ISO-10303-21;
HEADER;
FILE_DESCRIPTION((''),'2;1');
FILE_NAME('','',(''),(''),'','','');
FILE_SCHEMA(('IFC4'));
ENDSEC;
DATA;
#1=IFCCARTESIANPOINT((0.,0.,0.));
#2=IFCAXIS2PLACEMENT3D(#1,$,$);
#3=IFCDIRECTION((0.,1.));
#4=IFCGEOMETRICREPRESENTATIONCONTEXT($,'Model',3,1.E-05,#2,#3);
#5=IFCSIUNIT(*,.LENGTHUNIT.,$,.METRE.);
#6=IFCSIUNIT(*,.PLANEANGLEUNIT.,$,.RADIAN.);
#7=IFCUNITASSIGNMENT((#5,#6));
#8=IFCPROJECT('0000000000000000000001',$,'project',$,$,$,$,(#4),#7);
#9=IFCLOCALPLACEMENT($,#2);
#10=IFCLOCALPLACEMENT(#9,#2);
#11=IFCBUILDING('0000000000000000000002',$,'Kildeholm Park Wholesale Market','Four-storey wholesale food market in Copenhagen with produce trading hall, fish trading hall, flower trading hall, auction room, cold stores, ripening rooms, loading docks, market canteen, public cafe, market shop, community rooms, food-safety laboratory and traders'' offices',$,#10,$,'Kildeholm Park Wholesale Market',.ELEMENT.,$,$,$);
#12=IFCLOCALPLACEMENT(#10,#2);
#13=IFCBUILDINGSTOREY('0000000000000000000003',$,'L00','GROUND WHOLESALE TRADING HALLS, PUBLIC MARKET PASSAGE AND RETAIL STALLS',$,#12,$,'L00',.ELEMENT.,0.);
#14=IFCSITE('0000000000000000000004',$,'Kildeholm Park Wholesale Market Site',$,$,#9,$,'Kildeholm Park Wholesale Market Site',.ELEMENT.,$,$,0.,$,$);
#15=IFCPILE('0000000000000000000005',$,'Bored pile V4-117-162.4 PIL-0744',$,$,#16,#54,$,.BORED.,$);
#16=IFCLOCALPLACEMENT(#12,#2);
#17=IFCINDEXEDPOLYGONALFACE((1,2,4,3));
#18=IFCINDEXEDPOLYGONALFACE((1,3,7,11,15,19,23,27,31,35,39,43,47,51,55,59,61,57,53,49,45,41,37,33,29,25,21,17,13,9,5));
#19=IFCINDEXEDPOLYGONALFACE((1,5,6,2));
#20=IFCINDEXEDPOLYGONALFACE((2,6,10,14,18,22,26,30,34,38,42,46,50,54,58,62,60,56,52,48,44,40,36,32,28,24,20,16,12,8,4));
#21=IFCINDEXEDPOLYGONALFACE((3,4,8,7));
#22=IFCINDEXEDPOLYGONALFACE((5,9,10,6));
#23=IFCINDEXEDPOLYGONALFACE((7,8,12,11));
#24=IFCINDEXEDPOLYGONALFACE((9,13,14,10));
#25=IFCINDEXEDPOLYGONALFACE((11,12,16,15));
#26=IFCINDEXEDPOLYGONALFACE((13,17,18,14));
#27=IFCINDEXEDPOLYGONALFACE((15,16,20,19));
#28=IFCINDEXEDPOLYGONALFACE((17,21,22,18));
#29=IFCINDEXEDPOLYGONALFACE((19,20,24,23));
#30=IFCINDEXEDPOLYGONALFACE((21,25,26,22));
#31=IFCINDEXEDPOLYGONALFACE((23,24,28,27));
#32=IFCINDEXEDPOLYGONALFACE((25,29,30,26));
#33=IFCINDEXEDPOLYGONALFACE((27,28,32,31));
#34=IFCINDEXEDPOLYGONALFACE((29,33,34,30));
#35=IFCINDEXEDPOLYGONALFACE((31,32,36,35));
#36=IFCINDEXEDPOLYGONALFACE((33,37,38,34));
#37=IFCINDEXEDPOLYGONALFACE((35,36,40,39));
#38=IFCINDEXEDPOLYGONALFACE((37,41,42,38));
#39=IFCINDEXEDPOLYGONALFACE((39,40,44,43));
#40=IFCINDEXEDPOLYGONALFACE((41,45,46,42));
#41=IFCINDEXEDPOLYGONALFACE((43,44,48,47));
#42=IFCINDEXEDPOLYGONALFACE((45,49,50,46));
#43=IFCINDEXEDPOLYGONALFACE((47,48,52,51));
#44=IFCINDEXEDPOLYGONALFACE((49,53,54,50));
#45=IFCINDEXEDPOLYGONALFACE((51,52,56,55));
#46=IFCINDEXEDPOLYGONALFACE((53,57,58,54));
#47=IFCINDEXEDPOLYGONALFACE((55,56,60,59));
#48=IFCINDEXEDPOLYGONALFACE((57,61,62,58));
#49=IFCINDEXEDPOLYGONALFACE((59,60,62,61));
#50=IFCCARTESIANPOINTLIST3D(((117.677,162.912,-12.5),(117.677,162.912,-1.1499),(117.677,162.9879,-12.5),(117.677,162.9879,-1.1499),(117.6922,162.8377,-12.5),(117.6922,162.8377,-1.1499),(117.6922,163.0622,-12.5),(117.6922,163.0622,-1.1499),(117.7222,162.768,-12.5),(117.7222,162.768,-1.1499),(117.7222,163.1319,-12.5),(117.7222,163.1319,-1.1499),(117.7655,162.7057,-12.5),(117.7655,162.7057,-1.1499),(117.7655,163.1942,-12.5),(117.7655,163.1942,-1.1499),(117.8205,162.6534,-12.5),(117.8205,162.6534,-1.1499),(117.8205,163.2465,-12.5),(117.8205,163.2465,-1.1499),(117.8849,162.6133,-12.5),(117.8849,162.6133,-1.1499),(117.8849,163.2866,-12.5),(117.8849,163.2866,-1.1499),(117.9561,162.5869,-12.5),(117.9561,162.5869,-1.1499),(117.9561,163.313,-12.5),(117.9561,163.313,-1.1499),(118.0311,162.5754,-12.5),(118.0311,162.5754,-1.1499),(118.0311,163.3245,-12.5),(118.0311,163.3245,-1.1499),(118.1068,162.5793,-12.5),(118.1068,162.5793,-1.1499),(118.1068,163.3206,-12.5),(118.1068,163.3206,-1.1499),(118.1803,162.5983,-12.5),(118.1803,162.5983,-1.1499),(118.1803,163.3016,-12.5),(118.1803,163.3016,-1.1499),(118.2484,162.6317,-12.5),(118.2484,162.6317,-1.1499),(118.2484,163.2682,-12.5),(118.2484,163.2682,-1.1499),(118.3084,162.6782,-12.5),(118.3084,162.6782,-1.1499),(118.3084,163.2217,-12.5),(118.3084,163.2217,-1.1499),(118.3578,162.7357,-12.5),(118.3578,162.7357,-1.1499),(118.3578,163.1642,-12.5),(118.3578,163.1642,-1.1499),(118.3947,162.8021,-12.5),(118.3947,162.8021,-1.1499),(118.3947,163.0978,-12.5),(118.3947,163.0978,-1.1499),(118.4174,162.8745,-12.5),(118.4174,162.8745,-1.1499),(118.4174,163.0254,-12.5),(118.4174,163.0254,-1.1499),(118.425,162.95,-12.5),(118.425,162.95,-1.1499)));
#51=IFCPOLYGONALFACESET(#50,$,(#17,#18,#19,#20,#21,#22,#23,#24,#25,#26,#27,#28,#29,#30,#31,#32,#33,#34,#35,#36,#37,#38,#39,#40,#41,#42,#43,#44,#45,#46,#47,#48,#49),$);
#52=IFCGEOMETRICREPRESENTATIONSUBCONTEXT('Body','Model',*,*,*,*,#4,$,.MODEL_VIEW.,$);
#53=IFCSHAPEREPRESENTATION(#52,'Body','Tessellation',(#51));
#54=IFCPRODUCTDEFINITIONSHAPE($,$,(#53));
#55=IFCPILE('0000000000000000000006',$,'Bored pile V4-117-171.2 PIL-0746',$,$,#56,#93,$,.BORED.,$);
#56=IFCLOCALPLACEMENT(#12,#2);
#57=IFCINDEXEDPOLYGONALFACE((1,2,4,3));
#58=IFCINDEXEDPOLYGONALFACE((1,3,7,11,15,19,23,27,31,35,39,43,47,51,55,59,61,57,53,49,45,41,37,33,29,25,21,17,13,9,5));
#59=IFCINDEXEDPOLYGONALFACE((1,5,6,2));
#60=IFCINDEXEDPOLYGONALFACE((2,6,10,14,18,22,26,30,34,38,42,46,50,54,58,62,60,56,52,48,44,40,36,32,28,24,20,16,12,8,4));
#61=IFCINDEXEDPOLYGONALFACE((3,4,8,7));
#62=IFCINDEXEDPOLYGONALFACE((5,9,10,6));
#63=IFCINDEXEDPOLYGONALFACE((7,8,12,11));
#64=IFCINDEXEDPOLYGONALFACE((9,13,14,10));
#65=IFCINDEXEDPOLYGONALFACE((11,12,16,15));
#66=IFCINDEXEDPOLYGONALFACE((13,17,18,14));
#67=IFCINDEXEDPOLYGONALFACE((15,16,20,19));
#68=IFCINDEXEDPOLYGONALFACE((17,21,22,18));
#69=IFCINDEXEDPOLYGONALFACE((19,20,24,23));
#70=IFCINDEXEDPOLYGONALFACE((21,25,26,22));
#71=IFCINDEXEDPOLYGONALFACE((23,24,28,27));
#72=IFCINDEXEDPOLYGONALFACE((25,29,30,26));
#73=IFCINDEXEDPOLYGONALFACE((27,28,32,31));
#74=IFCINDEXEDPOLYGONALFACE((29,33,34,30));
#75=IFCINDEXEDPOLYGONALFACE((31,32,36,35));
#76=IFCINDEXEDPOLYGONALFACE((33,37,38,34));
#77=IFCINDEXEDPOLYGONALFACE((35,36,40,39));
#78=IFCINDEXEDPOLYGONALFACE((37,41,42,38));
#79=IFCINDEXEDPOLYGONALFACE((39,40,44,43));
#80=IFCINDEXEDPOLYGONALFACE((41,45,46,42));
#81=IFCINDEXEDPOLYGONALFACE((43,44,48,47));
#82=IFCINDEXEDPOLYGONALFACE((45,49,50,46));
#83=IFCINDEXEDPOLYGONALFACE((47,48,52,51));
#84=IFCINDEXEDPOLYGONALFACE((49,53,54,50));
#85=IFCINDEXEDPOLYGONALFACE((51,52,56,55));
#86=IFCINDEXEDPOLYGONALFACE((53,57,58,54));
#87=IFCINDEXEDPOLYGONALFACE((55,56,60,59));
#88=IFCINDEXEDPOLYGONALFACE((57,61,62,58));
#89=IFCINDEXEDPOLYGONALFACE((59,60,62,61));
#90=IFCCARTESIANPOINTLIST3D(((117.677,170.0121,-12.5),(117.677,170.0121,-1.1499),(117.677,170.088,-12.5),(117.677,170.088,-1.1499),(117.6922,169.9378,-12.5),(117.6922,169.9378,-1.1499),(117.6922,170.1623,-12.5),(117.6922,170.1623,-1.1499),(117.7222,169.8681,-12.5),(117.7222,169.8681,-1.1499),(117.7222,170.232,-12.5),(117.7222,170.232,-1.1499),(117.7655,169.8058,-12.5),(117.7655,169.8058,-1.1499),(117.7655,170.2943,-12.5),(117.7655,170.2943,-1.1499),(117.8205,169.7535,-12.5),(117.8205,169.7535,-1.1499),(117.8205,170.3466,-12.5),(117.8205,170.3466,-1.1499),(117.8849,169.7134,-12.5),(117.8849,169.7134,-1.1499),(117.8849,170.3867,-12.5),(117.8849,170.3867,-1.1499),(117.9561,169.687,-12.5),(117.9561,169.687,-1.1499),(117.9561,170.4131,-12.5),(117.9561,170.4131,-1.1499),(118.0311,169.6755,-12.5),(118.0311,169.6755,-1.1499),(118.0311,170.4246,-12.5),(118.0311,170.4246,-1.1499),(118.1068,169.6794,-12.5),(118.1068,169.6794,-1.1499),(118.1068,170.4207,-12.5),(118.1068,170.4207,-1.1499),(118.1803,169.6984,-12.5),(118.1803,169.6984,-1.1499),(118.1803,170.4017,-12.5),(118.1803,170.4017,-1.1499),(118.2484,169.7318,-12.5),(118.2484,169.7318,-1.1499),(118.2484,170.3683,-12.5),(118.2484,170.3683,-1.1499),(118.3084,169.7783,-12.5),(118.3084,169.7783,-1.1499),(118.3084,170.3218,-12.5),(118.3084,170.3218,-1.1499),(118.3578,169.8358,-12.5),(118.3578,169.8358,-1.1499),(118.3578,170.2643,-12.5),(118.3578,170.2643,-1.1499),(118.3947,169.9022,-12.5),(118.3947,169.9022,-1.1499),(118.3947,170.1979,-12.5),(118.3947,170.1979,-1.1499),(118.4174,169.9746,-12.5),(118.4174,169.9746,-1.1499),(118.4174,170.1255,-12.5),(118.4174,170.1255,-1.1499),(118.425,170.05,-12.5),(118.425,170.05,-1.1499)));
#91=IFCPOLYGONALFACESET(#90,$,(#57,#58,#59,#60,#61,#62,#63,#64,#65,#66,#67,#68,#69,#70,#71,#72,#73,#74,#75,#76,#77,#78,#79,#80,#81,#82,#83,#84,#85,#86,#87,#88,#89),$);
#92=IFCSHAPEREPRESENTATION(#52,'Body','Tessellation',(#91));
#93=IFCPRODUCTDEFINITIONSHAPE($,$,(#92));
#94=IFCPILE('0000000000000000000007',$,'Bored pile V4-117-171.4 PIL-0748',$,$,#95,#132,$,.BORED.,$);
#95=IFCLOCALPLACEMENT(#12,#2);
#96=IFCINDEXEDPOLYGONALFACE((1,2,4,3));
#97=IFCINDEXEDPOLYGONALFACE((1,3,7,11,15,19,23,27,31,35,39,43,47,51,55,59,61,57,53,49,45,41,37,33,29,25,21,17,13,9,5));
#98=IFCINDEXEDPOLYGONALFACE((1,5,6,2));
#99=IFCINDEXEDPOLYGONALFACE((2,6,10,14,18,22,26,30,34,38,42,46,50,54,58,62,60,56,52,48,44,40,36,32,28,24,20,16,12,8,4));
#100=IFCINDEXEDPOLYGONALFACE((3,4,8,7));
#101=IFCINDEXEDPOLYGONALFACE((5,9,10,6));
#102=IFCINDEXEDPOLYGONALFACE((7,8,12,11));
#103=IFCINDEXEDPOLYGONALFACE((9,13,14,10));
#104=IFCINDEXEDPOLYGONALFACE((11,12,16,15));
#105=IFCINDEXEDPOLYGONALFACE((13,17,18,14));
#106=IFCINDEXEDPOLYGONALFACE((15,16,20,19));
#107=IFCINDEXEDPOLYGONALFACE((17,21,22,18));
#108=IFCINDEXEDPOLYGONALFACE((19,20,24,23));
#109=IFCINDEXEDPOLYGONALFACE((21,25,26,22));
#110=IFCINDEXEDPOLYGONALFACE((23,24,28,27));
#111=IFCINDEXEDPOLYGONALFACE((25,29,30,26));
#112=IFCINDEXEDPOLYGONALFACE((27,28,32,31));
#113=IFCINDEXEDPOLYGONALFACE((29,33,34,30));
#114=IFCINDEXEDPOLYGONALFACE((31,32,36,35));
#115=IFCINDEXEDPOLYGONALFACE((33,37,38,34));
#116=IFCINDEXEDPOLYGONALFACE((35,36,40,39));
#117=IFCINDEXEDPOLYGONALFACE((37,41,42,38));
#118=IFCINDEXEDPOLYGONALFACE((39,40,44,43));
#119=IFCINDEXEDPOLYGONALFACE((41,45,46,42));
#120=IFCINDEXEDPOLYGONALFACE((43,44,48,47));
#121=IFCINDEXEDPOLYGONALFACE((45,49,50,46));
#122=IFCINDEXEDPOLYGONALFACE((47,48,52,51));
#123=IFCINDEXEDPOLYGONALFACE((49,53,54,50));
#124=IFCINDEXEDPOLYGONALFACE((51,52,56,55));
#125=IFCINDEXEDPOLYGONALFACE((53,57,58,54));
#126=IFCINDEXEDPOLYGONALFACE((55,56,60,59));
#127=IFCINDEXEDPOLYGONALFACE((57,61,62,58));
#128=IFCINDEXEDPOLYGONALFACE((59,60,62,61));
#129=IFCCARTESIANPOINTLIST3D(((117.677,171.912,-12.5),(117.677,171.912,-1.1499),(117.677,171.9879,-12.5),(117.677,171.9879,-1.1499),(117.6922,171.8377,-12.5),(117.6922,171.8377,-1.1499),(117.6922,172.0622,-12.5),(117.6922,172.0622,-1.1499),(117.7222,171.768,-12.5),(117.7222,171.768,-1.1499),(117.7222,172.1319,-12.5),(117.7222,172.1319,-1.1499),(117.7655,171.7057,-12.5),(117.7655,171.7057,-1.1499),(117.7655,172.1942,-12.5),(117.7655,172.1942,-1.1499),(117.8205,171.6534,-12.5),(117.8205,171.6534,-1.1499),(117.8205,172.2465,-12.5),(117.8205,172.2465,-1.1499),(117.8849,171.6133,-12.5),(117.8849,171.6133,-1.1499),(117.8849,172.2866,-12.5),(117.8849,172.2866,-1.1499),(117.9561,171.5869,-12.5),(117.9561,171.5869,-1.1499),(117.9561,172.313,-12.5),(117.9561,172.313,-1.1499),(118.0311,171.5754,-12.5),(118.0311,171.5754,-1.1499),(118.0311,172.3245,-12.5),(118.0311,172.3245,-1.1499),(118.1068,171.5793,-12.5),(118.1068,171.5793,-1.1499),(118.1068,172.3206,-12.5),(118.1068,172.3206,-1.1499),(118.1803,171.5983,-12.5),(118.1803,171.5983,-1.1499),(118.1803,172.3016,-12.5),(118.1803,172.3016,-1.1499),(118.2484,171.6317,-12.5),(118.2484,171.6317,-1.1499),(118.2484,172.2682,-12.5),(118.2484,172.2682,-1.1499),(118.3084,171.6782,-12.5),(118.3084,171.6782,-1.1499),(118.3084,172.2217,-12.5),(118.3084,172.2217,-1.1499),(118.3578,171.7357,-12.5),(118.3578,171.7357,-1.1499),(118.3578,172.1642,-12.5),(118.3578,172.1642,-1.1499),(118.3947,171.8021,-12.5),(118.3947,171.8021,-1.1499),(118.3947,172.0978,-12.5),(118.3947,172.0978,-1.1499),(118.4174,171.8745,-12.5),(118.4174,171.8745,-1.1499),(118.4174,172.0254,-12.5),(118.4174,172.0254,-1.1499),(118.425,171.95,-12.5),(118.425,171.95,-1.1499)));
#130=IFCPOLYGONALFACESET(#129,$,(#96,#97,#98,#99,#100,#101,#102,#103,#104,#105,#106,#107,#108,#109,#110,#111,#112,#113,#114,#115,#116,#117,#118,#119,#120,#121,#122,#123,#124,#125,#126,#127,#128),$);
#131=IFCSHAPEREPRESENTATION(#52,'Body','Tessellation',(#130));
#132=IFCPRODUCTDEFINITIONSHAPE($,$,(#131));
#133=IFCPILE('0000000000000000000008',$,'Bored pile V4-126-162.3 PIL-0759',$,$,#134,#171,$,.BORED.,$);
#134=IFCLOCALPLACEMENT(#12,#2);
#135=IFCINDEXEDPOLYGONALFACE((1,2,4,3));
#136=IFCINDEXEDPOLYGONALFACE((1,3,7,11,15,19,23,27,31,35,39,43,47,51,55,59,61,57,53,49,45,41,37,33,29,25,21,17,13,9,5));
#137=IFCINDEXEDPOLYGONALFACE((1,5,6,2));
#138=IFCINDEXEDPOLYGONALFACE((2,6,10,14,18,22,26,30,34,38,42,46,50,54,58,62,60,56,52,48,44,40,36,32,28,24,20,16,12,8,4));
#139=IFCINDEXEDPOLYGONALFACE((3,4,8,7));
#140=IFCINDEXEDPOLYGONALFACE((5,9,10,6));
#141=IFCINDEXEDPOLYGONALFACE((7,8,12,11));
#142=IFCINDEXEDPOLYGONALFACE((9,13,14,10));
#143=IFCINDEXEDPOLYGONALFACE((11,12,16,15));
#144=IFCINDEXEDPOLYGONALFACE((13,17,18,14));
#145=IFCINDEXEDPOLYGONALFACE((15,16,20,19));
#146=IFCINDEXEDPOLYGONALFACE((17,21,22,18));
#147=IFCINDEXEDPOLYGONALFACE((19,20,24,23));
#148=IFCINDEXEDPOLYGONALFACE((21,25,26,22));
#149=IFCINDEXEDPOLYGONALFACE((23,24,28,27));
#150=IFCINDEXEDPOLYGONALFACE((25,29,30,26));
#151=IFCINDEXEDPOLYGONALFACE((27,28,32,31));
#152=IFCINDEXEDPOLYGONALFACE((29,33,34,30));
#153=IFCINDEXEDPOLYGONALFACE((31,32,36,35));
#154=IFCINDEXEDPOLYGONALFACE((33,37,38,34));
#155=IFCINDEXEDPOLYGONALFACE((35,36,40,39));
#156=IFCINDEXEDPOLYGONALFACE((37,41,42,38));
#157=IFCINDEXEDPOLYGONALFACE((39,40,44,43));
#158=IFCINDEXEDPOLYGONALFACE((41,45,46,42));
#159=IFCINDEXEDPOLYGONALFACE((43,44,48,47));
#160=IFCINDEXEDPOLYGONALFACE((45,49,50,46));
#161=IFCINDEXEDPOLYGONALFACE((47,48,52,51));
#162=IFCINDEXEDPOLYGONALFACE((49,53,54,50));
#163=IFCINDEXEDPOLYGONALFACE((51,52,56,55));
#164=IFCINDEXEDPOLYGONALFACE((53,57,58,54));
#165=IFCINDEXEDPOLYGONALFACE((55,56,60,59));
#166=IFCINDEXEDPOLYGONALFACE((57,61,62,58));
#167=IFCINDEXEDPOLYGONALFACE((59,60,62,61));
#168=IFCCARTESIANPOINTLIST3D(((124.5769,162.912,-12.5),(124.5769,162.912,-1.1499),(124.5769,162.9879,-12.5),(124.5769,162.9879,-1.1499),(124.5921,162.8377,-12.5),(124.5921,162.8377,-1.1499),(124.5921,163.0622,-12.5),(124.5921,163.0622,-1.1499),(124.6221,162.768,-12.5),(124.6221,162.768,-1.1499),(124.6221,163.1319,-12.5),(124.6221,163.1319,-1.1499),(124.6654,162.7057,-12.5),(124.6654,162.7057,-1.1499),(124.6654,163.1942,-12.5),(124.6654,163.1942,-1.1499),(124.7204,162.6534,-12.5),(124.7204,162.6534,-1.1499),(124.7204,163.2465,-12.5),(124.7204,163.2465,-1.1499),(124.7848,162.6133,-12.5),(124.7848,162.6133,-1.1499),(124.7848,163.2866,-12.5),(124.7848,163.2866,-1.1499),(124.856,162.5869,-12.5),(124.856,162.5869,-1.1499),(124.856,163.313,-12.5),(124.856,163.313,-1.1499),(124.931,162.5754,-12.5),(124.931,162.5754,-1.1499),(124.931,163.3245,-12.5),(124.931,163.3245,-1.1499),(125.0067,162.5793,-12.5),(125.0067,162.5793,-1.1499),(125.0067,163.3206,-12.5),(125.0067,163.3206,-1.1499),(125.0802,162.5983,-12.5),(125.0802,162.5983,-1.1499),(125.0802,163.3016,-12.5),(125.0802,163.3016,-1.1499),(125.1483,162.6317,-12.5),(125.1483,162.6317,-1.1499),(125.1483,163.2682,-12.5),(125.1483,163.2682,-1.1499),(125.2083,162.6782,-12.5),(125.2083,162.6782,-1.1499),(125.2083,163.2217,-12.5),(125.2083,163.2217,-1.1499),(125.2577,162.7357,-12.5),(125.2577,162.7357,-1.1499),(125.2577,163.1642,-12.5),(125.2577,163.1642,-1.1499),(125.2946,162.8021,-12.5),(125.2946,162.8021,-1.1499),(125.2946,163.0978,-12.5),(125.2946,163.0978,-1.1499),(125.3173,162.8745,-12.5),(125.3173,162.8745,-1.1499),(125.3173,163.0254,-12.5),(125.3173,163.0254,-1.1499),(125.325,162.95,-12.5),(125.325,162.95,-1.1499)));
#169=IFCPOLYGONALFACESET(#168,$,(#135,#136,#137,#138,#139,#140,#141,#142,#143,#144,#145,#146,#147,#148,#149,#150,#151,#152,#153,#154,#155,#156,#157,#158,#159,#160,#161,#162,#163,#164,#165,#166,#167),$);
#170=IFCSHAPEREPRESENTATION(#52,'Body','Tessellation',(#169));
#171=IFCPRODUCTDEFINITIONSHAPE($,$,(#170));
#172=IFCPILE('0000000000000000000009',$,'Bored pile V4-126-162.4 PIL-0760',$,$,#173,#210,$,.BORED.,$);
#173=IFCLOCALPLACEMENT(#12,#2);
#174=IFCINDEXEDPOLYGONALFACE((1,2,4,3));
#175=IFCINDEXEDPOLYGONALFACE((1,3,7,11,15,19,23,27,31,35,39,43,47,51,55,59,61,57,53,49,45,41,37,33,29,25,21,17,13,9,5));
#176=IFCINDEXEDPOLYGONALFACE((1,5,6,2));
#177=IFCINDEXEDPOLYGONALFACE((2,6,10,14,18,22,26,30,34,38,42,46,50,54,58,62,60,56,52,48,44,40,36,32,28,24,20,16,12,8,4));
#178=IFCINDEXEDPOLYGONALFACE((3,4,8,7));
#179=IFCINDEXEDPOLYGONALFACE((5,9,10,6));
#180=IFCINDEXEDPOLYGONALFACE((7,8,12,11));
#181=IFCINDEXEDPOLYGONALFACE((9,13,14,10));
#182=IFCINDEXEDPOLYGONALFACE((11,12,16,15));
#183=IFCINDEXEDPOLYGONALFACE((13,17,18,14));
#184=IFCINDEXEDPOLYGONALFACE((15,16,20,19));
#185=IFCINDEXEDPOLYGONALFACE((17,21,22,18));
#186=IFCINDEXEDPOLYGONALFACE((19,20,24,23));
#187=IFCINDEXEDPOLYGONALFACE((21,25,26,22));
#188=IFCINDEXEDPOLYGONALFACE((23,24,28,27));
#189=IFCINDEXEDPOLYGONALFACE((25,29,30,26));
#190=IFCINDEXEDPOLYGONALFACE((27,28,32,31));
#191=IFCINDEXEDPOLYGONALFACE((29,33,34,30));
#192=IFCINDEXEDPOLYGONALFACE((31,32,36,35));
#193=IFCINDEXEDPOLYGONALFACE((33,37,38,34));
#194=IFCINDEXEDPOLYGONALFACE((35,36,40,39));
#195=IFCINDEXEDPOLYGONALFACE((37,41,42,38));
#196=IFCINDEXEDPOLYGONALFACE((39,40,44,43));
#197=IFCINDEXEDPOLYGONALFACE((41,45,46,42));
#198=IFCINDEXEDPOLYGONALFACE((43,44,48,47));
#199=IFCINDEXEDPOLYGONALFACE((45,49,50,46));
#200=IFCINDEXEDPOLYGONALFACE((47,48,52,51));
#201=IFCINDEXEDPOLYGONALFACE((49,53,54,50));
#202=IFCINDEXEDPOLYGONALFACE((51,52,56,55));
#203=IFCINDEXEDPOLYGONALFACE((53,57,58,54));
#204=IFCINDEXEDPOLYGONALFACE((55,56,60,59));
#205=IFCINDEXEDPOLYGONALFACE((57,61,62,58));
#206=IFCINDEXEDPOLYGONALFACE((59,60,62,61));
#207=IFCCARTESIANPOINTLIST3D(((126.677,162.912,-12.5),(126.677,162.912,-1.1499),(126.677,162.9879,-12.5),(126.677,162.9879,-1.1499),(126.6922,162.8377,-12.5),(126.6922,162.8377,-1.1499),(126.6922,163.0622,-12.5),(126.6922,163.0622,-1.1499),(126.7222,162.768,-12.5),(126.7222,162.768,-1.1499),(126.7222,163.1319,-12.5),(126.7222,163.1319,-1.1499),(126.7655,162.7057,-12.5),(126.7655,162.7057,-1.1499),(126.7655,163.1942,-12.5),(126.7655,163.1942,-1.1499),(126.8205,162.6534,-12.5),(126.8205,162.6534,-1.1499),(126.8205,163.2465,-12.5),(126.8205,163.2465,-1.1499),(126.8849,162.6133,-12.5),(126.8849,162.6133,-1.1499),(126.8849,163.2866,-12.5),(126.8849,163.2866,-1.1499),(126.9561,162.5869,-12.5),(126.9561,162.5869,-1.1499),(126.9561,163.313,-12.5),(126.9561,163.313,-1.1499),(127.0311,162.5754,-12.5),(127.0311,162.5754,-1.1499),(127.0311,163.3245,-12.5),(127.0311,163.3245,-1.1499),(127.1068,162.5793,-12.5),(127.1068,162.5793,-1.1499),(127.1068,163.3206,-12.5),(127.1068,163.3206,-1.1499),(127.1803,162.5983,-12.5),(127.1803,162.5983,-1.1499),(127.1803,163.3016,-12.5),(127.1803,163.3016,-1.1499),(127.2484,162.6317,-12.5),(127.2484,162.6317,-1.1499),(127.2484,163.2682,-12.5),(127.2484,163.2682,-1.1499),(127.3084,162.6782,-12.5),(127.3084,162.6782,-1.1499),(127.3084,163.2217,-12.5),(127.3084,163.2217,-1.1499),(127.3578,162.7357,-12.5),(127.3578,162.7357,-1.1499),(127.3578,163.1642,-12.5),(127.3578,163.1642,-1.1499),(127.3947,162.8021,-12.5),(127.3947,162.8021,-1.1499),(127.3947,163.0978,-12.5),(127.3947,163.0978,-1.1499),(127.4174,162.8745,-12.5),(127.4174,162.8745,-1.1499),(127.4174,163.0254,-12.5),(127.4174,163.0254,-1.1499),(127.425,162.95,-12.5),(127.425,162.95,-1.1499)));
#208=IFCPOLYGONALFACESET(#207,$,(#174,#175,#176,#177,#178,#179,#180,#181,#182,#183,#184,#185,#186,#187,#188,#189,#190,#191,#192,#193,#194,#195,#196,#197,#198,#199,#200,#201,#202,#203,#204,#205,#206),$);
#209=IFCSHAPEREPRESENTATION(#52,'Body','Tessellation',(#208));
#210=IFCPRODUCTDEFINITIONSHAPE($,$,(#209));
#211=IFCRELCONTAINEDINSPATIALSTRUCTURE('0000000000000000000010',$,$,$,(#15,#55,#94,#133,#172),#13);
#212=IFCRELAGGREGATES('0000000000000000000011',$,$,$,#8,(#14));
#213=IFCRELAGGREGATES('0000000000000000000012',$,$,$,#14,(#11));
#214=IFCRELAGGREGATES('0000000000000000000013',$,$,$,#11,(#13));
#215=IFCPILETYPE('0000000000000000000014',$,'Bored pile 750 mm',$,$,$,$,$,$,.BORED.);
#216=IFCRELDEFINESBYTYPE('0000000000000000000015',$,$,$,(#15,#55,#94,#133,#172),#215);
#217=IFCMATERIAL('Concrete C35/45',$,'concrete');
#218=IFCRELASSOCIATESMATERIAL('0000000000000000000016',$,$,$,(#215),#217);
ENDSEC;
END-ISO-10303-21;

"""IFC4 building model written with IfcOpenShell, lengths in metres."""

from ifc_helpers import new_model, si_unit, direction, frame, origin, origin_2d, place, context, subcontext, project, spatial, circle, extrude, material, material_profile, profile_set, type_object, element, save


model = new_model("IFC4")

# Units and contexts
model_context = context("Model", 3, precision=1e-05, world=origin(), true_north=direction((0.0, 1.0)))
body_context = subcontext(model_context, "Body", "Model", "MODEL_VIEW")
ifc_project = project(units=[si_unit("LENGTHUNIT", "METRE"), si_unit("PLANEANGLEUNIT", "RADIAN")], contexts=[model_context])

# Site, building, storey
site_placement = place(None, origin())
site = spatial("IfcSite", under=ifc_project, at=site_placement, Name="Kildeholm Park Wholesale Market Site", LongName="Kildeholm Park Wholesale Market Site", CompositionType="ELEMENT", RefElevation=0.0)
building_placement = place(site_placement, origin())
building = spatial("IfcBuilding", under=site, at=building_placement, Name="Kildeholm Park Wholesale Market", Description="Four-storey wholesale food market in Copenhagen with produce trading hall, fish trading hall, flower trading hall, auction room, cold stores, ripening rooms, loading docks, market canteen, public cafe, market shop, community rooms, food-safety laboratory and traders' offices", LongName="Kildeholm Park Wholesale Market", CompositionType="ELEMENT")
storey_placement = place(building_placement, origin())
storey = spatial("IfcBuildingStorey", under=building, at=storey_placement, Name="L00", Description="GROUND WHOLESALE TRADING HALLS, PUBLIC MARKET PASSAGE AND RETAIL STALLS", LongName="L00", CompositionType="ELEMENT", Elevation=0.0)

# Piles
ifc_material_1 = material(Name="Concrete C35/45", Category="concrete")
ifc_material_profile_1 = material_profile(ifc_material_1, circle(Radius=0.375, at=origin_2d()), Name="PILE D750")
ifc_profile_set_1 = profile_set([ifc_material_profile_1], Name="Concrete C35/45")
pile_type = type_object("IfcPileType", Name="Bored pile 750 mm", PredefinedType="BORED", material=ifc_profile_set_1)
for number, where, z_axis, x_axis, name in (
    (1, (118.05, 162.95, -1.1499), (0.0, 0.0, -1.0), (1.0, 0.0, 0.0), "Bored pile V4-117-162.4 PIL-0744"),
    (2, (118.05, 170.05, -1.1499), (0.0, 0.0, -1.0), (1.0, 0.0, 0.0), "Bored pile V4-117-171.2 PIL-0746"),
    (3, (118.05, 171.95, -1.1499), (0.0, 0.0, -1.0), (1.0, 0.0, 0.0), "Bored pile V4-117-171.4 PIL-0748"),
    (4, (124.95, 162.95, -1.1499), (0.0, 0.0, -1.0), (1.0, 0.0, 0.0), "Bored pile V4-126-162.3 PIL-0759"),
    (5, (127.05, 162.95, -1.1499), (0.0, 0.0, -1.0), (1.0, 0.0, 0.0), "Bored pile V4-126-162.4 PIL-0760"),
):
    element("IfcPile", number, at=place(storey_placement, frame(where, z_axis=z_axis, x_axis=x_axis)), inside=storey, type_object=pile_type, Name=name, PredefinedType="BORED", context=body_context, shape_type="SweptSolid", body=[
        extrude(circle(Radius=0.375, at=origin_2d()), origin(), (0.0, 0.0, 1.0), 11.3501),
    ])

save(model, "model.ifc")
